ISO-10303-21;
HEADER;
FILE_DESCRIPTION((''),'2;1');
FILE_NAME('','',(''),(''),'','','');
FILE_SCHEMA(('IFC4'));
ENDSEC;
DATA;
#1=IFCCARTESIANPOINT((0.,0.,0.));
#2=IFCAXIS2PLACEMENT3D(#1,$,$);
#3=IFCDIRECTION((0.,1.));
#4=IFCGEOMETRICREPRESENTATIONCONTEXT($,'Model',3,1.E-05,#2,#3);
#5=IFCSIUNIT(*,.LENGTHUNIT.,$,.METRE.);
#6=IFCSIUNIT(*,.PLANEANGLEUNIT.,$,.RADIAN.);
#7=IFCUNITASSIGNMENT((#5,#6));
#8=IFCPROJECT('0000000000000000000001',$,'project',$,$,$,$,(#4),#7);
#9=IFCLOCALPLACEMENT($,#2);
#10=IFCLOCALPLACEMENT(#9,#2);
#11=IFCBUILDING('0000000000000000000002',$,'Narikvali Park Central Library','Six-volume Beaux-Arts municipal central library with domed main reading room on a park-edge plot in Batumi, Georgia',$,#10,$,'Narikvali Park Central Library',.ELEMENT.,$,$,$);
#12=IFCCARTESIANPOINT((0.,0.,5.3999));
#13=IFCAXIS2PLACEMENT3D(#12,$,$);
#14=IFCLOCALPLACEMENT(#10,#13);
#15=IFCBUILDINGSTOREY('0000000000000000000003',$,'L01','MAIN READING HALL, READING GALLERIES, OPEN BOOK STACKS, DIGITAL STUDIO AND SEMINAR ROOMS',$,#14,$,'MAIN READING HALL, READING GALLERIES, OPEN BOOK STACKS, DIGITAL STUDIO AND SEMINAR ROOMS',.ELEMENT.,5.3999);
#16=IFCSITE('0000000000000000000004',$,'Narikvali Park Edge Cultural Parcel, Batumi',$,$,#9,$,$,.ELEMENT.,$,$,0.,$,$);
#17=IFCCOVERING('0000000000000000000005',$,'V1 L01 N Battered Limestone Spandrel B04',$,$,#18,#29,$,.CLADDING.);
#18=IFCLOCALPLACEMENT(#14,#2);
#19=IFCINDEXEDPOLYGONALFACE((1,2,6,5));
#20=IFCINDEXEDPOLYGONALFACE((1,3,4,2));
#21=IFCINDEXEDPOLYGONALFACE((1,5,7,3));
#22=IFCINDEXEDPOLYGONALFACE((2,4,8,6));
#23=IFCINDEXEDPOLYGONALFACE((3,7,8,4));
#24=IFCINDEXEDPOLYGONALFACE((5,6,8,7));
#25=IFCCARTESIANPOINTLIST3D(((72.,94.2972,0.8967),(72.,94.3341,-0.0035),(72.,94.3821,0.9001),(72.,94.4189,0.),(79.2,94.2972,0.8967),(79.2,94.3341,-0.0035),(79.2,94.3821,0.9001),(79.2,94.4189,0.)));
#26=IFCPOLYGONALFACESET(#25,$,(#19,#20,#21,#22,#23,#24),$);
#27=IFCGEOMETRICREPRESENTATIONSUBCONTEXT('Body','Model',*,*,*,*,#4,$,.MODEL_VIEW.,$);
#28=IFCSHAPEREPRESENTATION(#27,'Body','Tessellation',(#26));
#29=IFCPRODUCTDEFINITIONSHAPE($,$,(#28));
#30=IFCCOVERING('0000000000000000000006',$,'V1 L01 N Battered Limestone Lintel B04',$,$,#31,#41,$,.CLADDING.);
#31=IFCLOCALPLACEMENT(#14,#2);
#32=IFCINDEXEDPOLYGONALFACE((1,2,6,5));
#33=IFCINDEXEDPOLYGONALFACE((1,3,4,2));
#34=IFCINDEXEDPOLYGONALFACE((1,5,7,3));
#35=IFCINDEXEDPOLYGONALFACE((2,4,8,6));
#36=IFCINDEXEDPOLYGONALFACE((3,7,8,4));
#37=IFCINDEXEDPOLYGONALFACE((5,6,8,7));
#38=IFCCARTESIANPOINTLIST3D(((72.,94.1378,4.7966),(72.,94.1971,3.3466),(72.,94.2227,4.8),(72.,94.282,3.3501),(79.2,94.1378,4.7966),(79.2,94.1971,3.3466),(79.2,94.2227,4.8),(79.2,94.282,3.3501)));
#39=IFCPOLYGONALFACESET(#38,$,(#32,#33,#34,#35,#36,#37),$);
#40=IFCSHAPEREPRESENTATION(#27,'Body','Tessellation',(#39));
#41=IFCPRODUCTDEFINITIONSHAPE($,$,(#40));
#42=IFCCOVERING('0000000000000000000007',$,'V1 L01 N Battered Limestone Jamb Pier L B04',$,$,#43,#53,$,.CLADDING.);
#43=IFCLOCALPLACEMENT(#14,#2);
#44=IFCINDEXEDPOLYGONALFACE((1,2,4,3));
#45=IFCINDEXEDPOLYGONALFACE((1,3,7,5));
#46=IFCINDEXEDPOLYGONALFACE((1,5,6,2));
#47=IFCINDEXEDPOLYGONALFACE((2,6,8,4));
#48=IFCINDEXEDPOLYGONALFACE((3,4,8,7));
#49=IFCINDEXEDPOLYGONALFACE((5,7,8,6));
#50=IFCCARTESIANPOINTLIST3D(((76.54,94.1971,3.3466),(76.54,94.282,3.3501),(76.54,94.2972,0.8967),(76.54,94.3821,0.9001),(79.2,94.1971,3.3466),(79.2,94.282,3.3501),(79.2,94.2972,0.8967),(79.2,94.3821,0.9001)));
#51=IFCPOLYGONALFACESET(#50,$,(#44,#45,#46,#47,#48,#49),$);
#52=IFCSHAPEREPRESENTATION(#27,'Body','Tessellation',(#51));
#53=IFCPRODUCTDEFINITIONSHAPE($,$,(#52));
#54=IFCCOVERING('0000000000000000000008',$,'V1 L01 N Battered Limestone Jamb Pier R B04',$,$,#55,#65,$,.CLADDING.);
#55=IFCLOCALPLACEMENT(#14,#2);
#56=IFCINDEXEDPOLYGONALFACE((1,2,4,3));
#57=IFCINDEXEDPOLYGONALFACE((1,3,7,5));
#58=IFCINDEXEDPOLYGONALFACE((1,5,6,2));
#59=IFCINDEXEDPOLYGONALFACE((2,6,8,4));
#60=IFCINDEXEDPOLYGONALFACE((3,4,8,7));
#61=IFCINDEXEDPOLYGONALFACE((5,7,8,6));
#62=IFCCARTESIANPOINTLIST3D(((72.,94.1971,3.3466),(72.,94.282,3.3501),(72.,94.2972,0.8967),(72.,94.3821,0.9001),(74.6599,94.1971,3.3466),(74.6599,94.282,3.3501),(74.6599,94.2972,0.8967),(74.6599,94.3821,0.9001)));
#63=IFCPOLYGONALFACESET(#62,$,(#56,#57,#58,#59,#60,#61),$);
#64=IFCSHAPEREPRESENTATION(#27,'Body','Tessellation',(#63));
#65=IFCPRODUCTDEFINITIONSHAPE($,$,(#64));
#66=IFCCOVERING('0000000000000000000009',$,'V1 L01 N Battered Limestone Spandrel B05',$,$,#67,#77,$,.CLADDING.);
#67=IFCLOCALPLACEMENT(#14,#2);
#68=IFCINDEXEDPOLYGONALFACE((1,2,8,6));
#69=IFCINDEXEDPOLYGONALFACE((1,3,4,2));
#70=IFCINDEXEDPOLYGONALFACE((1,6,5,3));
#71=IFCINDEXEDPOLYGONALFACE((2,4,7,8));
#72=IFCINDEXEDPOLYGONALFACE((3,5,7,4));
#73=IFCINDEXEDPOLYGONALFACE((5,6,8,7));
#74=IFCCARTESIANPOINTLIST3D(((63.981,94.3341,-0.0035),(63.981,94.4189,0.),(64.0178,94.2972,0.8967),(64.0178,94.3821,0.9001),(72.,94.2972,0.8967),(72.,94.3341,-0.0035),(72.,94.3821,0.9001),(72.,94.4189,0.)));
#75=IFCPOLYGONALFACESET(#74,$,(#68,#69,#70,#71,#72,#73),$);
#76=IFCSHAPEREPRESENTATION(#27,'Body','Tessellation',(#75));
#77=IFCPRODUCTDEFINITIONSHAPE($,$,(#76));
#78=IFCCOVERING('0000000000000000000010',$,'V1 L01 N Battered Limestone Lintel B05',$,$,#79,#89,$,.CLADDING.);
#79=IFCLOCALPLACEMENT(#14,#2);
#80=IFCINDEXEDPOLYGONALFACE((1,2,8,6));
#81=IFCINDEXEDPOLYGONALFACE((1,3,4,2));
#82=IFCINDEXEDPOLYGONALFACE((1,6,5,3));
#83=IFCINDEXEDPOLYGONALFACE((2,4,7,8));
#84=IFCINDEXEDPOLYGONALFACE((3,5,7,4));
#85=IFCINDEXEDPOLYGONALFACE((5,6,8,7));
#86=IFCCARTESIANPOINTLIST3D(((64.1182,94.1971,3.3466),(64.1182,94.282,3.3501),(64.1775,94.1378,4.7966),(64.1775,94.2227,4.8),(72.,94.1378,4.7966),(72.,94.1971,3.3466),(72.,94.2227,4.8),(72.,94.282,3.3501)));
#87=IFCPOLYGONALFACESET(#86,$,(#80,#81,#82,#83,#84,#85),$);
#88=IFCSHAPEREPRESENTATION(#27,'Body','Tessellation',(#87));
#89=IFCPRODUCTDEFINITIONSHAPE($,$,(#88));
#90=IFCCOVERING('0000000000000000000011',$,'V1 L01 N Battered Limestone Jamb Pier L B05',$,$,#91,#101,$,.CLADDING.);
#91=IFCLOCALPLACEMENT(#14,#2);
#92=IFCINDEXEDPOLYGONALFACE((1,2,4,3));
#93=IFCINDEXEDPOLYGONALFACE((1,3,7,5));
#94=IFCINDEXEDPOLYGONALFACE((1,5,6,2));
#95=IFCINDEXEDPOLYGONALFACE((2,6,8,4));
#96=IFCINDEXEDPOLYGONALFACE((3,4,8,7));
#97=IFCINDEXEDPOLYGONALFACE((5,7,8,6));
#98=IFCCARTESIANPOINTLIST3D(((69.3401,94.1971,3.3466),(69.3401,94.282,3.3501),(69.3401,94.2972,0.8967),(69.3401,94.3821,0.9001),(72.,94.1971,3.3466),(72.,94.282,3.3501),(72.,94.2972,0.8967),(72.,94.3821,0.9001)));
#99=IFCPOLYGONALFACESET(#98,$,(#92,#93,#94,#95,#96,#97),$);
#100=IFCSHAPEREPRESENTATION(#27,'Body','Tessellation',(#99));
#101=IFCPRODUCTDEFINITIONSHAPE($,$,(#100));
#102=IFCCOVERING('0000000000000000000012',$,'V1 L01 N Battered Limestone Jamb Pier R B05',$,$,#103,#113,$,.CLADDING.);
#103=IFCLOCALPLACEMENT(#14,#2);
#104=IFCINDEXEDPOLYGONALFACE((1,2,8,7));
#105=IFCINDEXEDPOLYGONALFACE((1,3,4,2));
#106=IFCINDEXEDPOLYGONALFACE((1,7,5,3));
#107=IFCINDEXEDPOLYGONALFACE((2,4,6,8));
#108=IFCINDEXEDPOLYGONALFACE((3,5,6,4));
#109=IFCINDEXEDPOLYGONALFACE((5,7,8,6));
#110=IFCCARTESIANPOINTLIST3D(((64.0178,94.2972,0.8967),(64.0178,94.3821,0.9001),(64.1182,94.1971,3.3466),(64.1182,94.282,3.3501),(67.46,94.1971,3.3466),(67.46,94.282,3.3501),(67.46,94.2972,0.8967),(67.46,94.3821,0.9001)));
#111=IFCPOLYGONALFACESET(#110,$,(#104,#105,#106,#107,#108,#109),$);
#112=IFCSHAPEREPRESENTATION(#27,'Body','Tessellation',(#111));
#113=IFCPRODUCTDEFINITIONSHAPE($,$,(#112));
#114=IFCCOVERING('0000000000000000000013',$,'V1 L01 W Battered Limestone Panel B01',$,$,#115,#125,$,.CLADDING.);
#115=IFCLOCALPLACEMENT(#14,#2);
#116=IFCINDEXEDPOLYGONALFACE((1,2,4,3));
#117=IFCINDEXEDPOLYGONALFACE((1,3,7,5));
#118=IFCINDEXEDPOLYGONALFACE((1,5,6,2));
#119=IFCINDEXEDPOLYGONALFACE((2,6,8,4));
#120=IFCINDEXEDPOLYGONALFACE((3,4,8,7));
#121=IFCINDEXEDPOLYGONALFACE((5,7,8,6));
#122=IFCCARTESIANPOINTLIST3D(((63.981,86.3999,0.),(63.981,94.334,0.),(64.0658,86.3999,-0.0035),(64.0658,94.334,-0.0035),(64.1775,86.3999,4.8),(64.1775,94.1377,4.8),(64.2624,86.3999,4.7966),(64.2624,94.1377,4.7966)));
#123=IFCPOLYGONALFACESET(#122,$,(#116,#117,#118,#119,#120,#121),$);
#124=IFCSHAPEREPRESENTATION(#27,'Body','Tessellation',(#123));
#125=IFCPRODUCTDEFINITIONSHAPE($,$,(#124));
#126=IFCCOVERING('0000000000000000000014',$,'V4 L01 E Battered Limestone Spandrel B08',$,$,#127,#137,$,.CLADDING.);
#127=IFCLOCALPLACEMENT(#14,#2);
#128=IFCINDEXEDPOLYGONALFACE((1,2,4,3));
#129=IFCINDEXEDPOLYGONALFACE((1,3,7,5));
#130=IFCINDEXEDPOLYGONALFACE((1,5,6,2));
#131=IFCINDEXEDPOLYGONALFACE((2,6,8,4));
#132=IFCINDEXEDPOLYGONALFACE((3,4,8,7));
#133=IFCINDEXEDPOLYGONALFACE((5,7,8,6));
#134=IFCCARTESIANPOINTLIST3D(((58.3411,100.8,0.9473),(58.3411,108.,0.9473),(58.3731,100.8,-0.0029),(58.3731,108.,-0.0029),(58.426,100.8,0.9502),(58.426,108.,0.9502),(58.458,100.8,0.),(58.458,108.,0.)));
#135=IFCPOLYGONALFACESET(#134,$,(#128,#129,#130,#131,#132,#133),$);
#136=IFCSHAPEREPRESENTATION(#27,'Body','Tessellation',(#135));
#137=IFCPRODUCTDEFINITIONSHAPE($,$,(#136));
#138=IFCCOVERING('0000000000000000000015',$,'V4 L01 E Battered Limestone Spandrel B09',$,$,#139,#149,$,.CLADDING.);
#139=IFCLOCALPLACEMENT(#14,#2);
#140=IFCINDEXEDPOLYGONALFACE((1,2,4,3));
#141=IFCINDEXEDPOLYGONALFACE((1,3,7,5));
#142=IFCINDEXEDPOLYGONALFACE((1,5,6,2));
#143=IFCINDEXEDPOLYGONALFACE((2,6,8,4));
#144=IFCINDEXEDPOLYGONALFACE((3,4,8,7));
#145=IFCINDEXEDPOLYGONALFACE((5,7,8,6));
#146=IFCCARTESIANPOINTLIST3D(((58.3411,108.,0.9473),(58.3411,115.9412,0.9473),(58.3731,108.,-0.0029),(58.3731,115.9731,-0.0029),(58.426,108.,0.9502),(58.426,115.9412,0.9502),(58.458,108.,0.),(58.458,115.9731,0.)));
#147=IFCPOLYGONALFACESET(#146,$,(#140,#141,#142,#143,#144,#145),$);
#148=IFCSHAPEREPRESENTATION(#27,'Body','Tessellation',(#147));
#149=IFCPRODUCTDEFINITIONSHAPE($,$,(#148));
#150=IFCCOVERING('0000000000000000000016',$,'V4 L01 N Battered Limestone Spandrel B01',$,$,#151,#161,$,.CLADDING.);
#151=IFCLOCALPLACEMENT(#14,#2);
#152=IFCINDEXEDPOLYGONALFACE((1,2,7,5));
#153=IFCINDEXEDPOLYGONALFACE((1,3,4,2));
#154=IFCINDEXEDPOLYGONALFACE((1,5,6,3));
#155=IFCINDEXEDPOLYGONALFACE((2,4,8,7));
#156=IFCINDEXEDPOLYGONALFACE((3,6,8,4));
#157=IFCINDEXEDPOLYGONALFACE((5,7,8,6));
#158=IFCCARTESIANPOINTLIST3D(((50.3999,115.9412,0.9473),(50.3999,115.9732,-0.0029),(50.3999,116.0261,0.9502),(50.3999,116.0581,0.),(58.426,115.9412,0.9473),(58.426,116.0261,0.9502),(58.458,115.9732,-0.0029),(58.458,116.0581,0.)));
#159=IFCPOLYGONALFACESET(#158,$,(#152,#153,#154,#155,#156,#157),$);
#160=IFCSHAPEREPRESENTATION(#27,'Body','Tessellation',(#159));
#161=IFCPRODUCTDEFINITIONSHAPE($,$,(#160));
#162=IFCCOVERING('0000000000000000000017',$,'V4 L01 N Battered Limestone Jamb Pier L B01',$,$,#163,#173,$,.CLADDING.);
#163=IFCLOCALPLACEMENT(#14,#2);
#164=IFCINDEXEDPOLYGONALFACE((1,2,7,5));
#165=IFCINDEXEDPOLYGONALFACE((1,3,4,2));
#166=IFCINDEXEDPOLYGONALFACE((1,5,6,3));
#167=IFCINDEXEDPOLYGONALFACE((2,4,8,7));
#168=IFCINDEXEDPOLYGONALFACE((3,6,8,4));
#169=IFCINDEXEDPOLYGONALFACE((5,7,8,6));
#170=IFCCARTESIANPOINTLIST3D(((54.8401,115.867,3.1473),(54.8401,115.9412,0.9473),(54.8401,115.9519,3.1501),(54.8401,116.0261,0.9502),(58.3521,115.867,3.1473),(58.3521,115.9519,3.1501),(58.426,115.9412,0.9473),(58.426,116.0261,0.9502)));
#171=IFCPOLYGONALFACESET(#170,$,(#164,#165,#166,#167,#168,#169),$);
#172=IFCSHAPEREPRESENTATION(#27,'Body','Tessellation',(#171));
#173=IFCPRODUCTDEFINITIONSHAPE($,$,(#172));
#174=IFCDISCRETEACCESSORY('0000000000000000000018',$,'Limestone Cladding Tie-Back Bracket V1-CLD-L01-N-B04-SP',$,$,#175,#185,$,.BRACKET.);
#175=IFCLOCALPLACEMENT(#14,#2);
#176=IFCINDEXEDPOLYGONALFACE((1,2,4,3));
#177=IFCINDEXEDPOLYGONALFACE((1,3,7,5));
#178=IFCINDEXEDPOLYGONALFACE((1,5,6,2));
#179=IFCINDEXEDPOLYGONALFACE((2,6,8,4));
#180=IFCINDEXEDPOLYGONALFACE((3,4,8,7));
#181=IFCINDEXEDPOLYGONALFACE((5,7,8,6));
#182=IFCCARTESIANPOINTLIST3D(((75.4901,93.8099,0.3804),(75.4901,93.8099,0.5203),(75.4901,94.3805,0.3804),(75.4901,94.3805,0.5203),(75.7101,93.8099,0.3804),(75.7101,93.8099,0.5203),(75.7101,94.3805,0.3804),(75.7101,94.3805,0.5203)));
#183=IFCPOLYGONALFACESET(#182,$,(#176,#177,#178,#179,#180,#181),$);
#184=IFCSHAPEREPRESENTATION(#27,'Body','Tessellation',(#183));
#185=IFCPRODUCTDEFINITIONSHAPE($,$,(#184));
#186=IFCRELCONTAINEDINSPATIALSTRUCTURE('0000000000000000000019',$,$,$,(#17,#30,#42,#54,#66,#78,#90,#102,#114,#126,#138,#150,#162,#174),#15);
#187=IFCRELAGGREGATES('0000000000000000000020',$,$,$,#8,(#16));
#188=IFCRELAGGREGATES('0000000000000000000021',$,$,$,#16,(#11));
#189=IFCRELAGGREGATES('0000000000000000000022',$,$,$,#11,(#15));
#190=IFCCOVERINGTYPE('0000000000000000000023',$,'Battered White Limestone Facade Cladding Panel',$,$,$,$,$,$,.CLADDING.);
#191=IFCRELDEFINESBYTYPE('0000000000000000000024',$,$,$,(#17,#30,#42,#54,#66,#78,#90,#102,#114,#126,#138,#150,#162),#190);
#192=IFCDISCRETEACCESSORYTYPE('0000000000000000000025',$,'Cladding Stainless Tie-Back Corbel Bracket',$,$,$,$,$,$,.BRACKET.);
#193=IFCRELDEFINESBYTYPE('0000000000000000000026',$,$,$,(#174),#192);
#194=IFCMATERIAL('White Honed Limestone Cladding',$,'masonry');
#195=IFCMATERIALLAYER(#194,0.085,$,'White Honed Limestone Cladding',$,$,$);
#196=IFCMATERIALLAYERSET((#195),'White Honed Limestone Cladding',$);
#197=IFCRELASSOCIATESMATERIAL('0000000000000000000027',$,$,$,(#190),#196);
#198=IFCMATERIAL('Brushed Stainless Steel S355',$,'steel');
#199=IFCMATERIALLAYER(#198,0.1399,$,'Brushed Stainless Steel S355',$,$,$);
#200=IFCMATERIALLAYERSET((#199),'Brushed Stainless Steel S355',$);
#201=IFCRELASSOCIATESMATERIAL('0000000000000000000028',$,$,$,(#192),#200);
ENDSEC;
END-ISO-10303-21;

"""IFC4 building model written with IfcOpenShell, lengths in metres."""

from ifc_helpers import new_model, si_unit, direction, frame, origin, origin_2d, place, context, subcontext, project, spatial, polyline, rectangle, outline, extrude, material, layer, layer_set, type_object, element, save


model = new_model("IFC4")

# Units and contexts
model_context = context("Model", 3, precision=1e-05, world=origin(), true_north=direction((0.0, 1.0)))
body_context = subcontext(model_context, "Body", "Model", "MODEL_VIEW")
ifc_project = project(units=[si_unit("LENGTHUNIT", "METRE"), si_unit("PLANEANGLEUNIT", "RADIAN")], contexts=[model_context])

# Site, building, storey
site_placement = place(None, origin())
site = spatial("IfcSite", under=ifc_project, at=site_placement, Name="Narikvali Park Edge Cultural Parcel, Batumi", CompositionType="ELEMENT", RefElevation=0.0)
building_placement = place(site_placement, origin())
building = spatial("IfcBuilding", under=site, at=building_placement, Name="Narikvali Park Central Library", Description="Six-volume Beaux-Arts municipal central library with domed main reading room on a park-edge plot in Batumi, Georgia", LongName="Narikvali Park Central Library", CompositionType="ELEMENT")
storey_placement = place(building_placement, frame((0.0, 0.0, 5.3999)))
storey = spatial("IfcBuildingStorey", under=building, at=storey_placement, Name="L01", Description="MAIN READING HALL, READING GALLERIES, OPEN BOOK STACKS, DIGITAL STUDIO AND SEMINAR ROOMS", LongName="MAIN READING HALL, READING GALLERIES, OPEN BOOK STACKS, DIGITAL STUDIO AND SEMINAR ROOMS", CompositionType="ELEMENT", Elevation=5.3999)

# Coverings
ifc_material_1 = material(Name="White Honed Limestone Cladding", Category="masonry")
ifc_layer_1 = layer(ifc_material_1, 0.085, Name="White Honed Limestone Cladding")
ifc_layer_set_1 = layer_set([ifc_layer_1], Name="White Honed Limestone Cladding")
covering_type = type_object("IfcCoveringType", Name="Battered White Limestone Facade Cladding Panel", PredefinedType="CLADDING", material=ifc_layer_set_1)
covering_1_placement = place(storey_placement, frame((79.2, 94.4189, 0.0), z_axis=(0.0, 0.999162, 0.04092), x_axis=(-1.0, 0.0, 0.0)))
element("IfcCovering", 1, at=covering_1_placement, inside=storey, type_object=covering_type, Name="V1 L01 N Battered Limestone Spandrel B04", PredefinedType="CLADDING", context=body_context, shape_type="SweptSolid", body=[
    extrude(outline(polyline([(0.0, 0.0), (7.2, 0.0), (7.2, 0.9009), (0.0, 0.9009), (0.0, 0.0)])), origin(), (0.0, 0.0, -1.0), 0.085),
])
covering_2_placement = place(storey_placement, frame((79.2, 94.282, 3.3501), z_axis=(0.0, 0.999164, 0.040882), x_axis=(-1.0, 0.0, 0.0)))
element("IfcCovering", 2, at=covering_2_placement, inside=storey, type_object=covering_type, Name="V1 L01 N Battered Limestone Lintel B04", PredefinedType="CLADDING", context=body_context, shape_type="SweptSolid", body=[
    extrude(outline(polyline([(0.0, 0.0), (7.2, 0.0), (7.2, 1.4512), (0.0, 1.4512), (0.0, 0.0)])), origin(), (0.0, 0.0, -1.0), 0.085),
])
for number, where, z_axis, x_axis, name in (
    (3, (79.2, 94.3821, 0.9001), (0.0, 0.999166, 0.040823), (-1.0, 0.0, 0.0), "V1 L01 N Battered Limestone Jamb Pier L B04"),
    (4, (74.6599, 94.3821, 0.9001), (0.0, 0.999166, 0.040823), (-1.0, 0.0, 0.0), "V1 L01 N Battered Limestone Jamb Pier R B04"),
):
    element("IfcCovering", number, at=place(storey_placement, frame(where, z_axis=z_axis, x_axis=x_axis)), inside=storey, type_object=covering_type, Name=name, PredefinedType="CLADDING", context=body_context, shape_type="SweptSolid", body=[
        extrude(outline(polyline([(0.0, 0.0), (2.6599, 0.0), (2.6599, 2.452), (0.0, 2.452), (0.0, 0.0)])), origin(), (0.0, 0.0, -1.0), 0.085),
    ])
covering_3_placement = place(storey_placement, frame((72.0, 94.4189, 0.0), z_axis=(0.0, 0.999162, 0.04092), x_axis=(-1.0, 0.0, 0.0)))
element("IfcCovering", 5, at=covering_3_placement, inside=storey, type_object=covering_type, Name="V1 L01 N Battered Limestone Spandrel B05", PredefinedType="CLADDING", context=body_context, shape_type="SweptSolid", body=[
    extrude(outline(polyline([(0.0, 0.0), (8.019, 0.0), (7.9822, 0.9009), (0.0, 0.9009), (0.0, 0.0)])), origin(), (0.0, 0.0, -1.0), 0.085),
])
covering_4_placement = place(storey_placement, frame((72.0, 94.282, 3.3501), z_axis=(0.0, 0.999164, 0.040882), x_axis=(-1.0, 0.0, 0.0)))
element("IfcCovering", 6, at=covering_4_placement, inside=storey, type_object=covering_type, Name="V1 L01 N Battered Limestone Lintel B05", PredefinedType="CLADDING", context=body_context, shape_type="SweptSolid", body=[
    extrude(outline(polyline([(0.0, 0.0), (7.8818, 0.0), (7.8225, 1.4512), (0.0, 1.4512), (0.0, 0.0)])), origin(), (0.0, 0.0, -1.0), 0.085),
])
covering_5_placement = place(storey_placement, frame((72.0, 94.3821, 0.9001), z_axis=(0.0, 0.999166, 0.040823), x_axis=(-1.0, 0.0, 0.0)))
element("IfcCovering", 7, at=covering_5_placement, inside=storey, type_object=covering_type, Name="V1 L01 N Battered Limestone Jamb Pier L B05", PredefinedType="CLADDING", context=body_context, shape_type="SweptSolid", body=[
    extrude(outline(polyline([(0.0, 0.0), (2.6599, 0.0), (2.6599, 2.452), (0.0, 2.452), (0.0, 0.0)])), origin(), (0.0, 0.0, -1.0), 0.085),
])
covering_6_placement = place(storey_placement, frame((67.46, 94.3821, 0.9001), z_axis=(0.0, 0.999166, 0.040823), x_axis=(-1.0, 0.0, 0.0)))
element("IfcCovering", 8, at=covering_6_placement, inside=storey, type_object=covering_type, Name="V1 L01 N Battered Limestone Jamb Pier R B05", PredefinedType="CLADDING", context=body_context, shape_type="SweptSolid", body=[
    extrude(outline(polyline([(0.0, 0.0), (3.4421, 0.0), (3.3418, 2.452), (0.0, 2.452), (0.0, 0.0)])), origin(), (0.0, 0.0, -1.0), 0.085),
])
covering_7_placement = place(storey_placement, frame((63.981, 94.334, 0.0), z_axis=(-0.999163, 0.0, 0.04091), x_axis=(0.0, -1.0, 0.0)))
element("IfcCovering", 9, at=covering_7_placement, inside=storey, type_object=covering_type, Name="V1 L01 W Battered Limestone Panel B01", PredefinedType="CLADDING", context=body_context, shape_type="SweptSolid", body=[
    extrude(outline(polyline([(0.0, 0.0), (7.9341, 0.0), (7.9341, 4.8041), (0.1963, 4.8041), (0.0, 0.0)])), origin(), (0.0, 0.0, -1.0), 0.085),
])
covering_8_placement = place(storey_placement, frame((58.458, 100.8, 0.0), z_axis=(0.999434, 0.0, 0.03364), x_axis=(0.0, 1.0, 0.0)))
element("IfcCovering", 10, at=covering_8_placement, inside=storey, type_object=covering_type, Name="V4 L01 E Battered Limestone Spandrel B08", PredefinedType="CLADDING", context=body_context, shape_type="SweptSolid", body=[
    extrude(outline(polyline([(0.0, 0.0), (7.2, 0.0), (7.2, 0.9507), (0.0, 0.9507), (0.0, 0.0)])), origin(), (0.0, 0.0, -1.0), 0.085),
])
covering_9_placement = place(storey_placement, frame((58.458, 108.0, 0.0), z_axis=(0.999434, 0.0, 0.03364), x_axis=(0.0, 1.0, 0.0)))
element("IfcCovering", 11, at=covering_9_placement, inside=storey, type_object=covering_type, Name="V4 L01 E Battered Limestone Spandrel B09", PredefinedType="CLADDING", context=body_context, shape_type="SweptSolid", body=[
    extrude(outline(polyline([(0.0, 0.0), (7.9731, 0.0), (7.9412, 0.9507), (0.0, 0.9507), (0.0, 0.0)])), origin(), (0.0, 0.0, -1.0), 0.085),
])
covering_10_placement = place(storey_placement, frame((58.458, 116.0581, 0.0), z_axis=(0.0, 0.999434, 0.03364), x_axis=(-1.0, 0.0, 0.0)))
element("IfcCovering", 12, at=covering_10_placement, inside=storey, type_object=covering_type, Name="V4 L01 N Battered Limestone Spandrel B01", PredefinedType="CLADDING", context=body_context, shape_type="SweptSolid", body=[
    extrude(outline(polyline([(0.0, 0.0), (8.0581, 0.0), (8.0581, 0.9507), (0.032, 0.9507), (0.0, 0.0)])), origin(), (0.0, 0.0, -1.0), 0.085),
])
covering_11_placement = place(storey_placement, frame((58.426, 116.0261, 0.9502), z_axis=(0.0, 0.999431, 0.033717), x_axis=(-1.0, 0.0, 0.0)))
element("IfcCovering", 13, at=covering_11_placement, inside=storey, type_object=covering_type, Name="V4 L01 N Battered Limestone Jamb Pier L B01", PredefinedType="CLADDING", context=body_context, shape_type="SweptSolid", body=[
    extrude(outline(polyline([(0.0, 0.0), (3.5859, 0.0), (3.5859, 2.2012), (0.074, 2.2012), (0.0, 0.0)])), origin(), (0.0, 0.0, -1.0), 0.085),
])

# Discrete accessory
ifc_material_2 = material(Name="Brushed Stainless Steel S355", Category="steel")
ifc_layer_2 = layer(ifc_material_2, 0.1399, Name="Brushed Stainless Steel S355")
ifc_layer_set_2 = layer_set([ifc_layer_2], Name="Brushed Stainless Steel S355")
discrete_accessory_type = type_object("IfcDiscreteAccessoryType", Name="Cladding Stainless Tie-Back Corbel Bracket", PredefinedType="BRACKET", material=ifc_layer_set_2)
discrete_accessory_1_placement = place(storey_placement, frame((75.6001, 94.0952, 0.3804), z_axis=(0.0, 0.0, 1.0), x_axis=(1.0, 0.0, 0.0)))
element("IfcDiscreteAccessory", 14, at=discrete_accessory_1_placement, inside=storey, type_object=discrete_accessory_type, Name="Limestone Cladding Tie-Back Bracket V1-CLD-L01-N-B04-SP", PredefinedType="BRACKET", context=body_context, shape_type="SweptSolid", body=[
    extrude(rectangle(XDim=0.22, YDim=0.5706, at=origin_2d()), origin(), (0.0, 0.0, 1.0), 0.1399),
])

save(model, "model.ifc")
